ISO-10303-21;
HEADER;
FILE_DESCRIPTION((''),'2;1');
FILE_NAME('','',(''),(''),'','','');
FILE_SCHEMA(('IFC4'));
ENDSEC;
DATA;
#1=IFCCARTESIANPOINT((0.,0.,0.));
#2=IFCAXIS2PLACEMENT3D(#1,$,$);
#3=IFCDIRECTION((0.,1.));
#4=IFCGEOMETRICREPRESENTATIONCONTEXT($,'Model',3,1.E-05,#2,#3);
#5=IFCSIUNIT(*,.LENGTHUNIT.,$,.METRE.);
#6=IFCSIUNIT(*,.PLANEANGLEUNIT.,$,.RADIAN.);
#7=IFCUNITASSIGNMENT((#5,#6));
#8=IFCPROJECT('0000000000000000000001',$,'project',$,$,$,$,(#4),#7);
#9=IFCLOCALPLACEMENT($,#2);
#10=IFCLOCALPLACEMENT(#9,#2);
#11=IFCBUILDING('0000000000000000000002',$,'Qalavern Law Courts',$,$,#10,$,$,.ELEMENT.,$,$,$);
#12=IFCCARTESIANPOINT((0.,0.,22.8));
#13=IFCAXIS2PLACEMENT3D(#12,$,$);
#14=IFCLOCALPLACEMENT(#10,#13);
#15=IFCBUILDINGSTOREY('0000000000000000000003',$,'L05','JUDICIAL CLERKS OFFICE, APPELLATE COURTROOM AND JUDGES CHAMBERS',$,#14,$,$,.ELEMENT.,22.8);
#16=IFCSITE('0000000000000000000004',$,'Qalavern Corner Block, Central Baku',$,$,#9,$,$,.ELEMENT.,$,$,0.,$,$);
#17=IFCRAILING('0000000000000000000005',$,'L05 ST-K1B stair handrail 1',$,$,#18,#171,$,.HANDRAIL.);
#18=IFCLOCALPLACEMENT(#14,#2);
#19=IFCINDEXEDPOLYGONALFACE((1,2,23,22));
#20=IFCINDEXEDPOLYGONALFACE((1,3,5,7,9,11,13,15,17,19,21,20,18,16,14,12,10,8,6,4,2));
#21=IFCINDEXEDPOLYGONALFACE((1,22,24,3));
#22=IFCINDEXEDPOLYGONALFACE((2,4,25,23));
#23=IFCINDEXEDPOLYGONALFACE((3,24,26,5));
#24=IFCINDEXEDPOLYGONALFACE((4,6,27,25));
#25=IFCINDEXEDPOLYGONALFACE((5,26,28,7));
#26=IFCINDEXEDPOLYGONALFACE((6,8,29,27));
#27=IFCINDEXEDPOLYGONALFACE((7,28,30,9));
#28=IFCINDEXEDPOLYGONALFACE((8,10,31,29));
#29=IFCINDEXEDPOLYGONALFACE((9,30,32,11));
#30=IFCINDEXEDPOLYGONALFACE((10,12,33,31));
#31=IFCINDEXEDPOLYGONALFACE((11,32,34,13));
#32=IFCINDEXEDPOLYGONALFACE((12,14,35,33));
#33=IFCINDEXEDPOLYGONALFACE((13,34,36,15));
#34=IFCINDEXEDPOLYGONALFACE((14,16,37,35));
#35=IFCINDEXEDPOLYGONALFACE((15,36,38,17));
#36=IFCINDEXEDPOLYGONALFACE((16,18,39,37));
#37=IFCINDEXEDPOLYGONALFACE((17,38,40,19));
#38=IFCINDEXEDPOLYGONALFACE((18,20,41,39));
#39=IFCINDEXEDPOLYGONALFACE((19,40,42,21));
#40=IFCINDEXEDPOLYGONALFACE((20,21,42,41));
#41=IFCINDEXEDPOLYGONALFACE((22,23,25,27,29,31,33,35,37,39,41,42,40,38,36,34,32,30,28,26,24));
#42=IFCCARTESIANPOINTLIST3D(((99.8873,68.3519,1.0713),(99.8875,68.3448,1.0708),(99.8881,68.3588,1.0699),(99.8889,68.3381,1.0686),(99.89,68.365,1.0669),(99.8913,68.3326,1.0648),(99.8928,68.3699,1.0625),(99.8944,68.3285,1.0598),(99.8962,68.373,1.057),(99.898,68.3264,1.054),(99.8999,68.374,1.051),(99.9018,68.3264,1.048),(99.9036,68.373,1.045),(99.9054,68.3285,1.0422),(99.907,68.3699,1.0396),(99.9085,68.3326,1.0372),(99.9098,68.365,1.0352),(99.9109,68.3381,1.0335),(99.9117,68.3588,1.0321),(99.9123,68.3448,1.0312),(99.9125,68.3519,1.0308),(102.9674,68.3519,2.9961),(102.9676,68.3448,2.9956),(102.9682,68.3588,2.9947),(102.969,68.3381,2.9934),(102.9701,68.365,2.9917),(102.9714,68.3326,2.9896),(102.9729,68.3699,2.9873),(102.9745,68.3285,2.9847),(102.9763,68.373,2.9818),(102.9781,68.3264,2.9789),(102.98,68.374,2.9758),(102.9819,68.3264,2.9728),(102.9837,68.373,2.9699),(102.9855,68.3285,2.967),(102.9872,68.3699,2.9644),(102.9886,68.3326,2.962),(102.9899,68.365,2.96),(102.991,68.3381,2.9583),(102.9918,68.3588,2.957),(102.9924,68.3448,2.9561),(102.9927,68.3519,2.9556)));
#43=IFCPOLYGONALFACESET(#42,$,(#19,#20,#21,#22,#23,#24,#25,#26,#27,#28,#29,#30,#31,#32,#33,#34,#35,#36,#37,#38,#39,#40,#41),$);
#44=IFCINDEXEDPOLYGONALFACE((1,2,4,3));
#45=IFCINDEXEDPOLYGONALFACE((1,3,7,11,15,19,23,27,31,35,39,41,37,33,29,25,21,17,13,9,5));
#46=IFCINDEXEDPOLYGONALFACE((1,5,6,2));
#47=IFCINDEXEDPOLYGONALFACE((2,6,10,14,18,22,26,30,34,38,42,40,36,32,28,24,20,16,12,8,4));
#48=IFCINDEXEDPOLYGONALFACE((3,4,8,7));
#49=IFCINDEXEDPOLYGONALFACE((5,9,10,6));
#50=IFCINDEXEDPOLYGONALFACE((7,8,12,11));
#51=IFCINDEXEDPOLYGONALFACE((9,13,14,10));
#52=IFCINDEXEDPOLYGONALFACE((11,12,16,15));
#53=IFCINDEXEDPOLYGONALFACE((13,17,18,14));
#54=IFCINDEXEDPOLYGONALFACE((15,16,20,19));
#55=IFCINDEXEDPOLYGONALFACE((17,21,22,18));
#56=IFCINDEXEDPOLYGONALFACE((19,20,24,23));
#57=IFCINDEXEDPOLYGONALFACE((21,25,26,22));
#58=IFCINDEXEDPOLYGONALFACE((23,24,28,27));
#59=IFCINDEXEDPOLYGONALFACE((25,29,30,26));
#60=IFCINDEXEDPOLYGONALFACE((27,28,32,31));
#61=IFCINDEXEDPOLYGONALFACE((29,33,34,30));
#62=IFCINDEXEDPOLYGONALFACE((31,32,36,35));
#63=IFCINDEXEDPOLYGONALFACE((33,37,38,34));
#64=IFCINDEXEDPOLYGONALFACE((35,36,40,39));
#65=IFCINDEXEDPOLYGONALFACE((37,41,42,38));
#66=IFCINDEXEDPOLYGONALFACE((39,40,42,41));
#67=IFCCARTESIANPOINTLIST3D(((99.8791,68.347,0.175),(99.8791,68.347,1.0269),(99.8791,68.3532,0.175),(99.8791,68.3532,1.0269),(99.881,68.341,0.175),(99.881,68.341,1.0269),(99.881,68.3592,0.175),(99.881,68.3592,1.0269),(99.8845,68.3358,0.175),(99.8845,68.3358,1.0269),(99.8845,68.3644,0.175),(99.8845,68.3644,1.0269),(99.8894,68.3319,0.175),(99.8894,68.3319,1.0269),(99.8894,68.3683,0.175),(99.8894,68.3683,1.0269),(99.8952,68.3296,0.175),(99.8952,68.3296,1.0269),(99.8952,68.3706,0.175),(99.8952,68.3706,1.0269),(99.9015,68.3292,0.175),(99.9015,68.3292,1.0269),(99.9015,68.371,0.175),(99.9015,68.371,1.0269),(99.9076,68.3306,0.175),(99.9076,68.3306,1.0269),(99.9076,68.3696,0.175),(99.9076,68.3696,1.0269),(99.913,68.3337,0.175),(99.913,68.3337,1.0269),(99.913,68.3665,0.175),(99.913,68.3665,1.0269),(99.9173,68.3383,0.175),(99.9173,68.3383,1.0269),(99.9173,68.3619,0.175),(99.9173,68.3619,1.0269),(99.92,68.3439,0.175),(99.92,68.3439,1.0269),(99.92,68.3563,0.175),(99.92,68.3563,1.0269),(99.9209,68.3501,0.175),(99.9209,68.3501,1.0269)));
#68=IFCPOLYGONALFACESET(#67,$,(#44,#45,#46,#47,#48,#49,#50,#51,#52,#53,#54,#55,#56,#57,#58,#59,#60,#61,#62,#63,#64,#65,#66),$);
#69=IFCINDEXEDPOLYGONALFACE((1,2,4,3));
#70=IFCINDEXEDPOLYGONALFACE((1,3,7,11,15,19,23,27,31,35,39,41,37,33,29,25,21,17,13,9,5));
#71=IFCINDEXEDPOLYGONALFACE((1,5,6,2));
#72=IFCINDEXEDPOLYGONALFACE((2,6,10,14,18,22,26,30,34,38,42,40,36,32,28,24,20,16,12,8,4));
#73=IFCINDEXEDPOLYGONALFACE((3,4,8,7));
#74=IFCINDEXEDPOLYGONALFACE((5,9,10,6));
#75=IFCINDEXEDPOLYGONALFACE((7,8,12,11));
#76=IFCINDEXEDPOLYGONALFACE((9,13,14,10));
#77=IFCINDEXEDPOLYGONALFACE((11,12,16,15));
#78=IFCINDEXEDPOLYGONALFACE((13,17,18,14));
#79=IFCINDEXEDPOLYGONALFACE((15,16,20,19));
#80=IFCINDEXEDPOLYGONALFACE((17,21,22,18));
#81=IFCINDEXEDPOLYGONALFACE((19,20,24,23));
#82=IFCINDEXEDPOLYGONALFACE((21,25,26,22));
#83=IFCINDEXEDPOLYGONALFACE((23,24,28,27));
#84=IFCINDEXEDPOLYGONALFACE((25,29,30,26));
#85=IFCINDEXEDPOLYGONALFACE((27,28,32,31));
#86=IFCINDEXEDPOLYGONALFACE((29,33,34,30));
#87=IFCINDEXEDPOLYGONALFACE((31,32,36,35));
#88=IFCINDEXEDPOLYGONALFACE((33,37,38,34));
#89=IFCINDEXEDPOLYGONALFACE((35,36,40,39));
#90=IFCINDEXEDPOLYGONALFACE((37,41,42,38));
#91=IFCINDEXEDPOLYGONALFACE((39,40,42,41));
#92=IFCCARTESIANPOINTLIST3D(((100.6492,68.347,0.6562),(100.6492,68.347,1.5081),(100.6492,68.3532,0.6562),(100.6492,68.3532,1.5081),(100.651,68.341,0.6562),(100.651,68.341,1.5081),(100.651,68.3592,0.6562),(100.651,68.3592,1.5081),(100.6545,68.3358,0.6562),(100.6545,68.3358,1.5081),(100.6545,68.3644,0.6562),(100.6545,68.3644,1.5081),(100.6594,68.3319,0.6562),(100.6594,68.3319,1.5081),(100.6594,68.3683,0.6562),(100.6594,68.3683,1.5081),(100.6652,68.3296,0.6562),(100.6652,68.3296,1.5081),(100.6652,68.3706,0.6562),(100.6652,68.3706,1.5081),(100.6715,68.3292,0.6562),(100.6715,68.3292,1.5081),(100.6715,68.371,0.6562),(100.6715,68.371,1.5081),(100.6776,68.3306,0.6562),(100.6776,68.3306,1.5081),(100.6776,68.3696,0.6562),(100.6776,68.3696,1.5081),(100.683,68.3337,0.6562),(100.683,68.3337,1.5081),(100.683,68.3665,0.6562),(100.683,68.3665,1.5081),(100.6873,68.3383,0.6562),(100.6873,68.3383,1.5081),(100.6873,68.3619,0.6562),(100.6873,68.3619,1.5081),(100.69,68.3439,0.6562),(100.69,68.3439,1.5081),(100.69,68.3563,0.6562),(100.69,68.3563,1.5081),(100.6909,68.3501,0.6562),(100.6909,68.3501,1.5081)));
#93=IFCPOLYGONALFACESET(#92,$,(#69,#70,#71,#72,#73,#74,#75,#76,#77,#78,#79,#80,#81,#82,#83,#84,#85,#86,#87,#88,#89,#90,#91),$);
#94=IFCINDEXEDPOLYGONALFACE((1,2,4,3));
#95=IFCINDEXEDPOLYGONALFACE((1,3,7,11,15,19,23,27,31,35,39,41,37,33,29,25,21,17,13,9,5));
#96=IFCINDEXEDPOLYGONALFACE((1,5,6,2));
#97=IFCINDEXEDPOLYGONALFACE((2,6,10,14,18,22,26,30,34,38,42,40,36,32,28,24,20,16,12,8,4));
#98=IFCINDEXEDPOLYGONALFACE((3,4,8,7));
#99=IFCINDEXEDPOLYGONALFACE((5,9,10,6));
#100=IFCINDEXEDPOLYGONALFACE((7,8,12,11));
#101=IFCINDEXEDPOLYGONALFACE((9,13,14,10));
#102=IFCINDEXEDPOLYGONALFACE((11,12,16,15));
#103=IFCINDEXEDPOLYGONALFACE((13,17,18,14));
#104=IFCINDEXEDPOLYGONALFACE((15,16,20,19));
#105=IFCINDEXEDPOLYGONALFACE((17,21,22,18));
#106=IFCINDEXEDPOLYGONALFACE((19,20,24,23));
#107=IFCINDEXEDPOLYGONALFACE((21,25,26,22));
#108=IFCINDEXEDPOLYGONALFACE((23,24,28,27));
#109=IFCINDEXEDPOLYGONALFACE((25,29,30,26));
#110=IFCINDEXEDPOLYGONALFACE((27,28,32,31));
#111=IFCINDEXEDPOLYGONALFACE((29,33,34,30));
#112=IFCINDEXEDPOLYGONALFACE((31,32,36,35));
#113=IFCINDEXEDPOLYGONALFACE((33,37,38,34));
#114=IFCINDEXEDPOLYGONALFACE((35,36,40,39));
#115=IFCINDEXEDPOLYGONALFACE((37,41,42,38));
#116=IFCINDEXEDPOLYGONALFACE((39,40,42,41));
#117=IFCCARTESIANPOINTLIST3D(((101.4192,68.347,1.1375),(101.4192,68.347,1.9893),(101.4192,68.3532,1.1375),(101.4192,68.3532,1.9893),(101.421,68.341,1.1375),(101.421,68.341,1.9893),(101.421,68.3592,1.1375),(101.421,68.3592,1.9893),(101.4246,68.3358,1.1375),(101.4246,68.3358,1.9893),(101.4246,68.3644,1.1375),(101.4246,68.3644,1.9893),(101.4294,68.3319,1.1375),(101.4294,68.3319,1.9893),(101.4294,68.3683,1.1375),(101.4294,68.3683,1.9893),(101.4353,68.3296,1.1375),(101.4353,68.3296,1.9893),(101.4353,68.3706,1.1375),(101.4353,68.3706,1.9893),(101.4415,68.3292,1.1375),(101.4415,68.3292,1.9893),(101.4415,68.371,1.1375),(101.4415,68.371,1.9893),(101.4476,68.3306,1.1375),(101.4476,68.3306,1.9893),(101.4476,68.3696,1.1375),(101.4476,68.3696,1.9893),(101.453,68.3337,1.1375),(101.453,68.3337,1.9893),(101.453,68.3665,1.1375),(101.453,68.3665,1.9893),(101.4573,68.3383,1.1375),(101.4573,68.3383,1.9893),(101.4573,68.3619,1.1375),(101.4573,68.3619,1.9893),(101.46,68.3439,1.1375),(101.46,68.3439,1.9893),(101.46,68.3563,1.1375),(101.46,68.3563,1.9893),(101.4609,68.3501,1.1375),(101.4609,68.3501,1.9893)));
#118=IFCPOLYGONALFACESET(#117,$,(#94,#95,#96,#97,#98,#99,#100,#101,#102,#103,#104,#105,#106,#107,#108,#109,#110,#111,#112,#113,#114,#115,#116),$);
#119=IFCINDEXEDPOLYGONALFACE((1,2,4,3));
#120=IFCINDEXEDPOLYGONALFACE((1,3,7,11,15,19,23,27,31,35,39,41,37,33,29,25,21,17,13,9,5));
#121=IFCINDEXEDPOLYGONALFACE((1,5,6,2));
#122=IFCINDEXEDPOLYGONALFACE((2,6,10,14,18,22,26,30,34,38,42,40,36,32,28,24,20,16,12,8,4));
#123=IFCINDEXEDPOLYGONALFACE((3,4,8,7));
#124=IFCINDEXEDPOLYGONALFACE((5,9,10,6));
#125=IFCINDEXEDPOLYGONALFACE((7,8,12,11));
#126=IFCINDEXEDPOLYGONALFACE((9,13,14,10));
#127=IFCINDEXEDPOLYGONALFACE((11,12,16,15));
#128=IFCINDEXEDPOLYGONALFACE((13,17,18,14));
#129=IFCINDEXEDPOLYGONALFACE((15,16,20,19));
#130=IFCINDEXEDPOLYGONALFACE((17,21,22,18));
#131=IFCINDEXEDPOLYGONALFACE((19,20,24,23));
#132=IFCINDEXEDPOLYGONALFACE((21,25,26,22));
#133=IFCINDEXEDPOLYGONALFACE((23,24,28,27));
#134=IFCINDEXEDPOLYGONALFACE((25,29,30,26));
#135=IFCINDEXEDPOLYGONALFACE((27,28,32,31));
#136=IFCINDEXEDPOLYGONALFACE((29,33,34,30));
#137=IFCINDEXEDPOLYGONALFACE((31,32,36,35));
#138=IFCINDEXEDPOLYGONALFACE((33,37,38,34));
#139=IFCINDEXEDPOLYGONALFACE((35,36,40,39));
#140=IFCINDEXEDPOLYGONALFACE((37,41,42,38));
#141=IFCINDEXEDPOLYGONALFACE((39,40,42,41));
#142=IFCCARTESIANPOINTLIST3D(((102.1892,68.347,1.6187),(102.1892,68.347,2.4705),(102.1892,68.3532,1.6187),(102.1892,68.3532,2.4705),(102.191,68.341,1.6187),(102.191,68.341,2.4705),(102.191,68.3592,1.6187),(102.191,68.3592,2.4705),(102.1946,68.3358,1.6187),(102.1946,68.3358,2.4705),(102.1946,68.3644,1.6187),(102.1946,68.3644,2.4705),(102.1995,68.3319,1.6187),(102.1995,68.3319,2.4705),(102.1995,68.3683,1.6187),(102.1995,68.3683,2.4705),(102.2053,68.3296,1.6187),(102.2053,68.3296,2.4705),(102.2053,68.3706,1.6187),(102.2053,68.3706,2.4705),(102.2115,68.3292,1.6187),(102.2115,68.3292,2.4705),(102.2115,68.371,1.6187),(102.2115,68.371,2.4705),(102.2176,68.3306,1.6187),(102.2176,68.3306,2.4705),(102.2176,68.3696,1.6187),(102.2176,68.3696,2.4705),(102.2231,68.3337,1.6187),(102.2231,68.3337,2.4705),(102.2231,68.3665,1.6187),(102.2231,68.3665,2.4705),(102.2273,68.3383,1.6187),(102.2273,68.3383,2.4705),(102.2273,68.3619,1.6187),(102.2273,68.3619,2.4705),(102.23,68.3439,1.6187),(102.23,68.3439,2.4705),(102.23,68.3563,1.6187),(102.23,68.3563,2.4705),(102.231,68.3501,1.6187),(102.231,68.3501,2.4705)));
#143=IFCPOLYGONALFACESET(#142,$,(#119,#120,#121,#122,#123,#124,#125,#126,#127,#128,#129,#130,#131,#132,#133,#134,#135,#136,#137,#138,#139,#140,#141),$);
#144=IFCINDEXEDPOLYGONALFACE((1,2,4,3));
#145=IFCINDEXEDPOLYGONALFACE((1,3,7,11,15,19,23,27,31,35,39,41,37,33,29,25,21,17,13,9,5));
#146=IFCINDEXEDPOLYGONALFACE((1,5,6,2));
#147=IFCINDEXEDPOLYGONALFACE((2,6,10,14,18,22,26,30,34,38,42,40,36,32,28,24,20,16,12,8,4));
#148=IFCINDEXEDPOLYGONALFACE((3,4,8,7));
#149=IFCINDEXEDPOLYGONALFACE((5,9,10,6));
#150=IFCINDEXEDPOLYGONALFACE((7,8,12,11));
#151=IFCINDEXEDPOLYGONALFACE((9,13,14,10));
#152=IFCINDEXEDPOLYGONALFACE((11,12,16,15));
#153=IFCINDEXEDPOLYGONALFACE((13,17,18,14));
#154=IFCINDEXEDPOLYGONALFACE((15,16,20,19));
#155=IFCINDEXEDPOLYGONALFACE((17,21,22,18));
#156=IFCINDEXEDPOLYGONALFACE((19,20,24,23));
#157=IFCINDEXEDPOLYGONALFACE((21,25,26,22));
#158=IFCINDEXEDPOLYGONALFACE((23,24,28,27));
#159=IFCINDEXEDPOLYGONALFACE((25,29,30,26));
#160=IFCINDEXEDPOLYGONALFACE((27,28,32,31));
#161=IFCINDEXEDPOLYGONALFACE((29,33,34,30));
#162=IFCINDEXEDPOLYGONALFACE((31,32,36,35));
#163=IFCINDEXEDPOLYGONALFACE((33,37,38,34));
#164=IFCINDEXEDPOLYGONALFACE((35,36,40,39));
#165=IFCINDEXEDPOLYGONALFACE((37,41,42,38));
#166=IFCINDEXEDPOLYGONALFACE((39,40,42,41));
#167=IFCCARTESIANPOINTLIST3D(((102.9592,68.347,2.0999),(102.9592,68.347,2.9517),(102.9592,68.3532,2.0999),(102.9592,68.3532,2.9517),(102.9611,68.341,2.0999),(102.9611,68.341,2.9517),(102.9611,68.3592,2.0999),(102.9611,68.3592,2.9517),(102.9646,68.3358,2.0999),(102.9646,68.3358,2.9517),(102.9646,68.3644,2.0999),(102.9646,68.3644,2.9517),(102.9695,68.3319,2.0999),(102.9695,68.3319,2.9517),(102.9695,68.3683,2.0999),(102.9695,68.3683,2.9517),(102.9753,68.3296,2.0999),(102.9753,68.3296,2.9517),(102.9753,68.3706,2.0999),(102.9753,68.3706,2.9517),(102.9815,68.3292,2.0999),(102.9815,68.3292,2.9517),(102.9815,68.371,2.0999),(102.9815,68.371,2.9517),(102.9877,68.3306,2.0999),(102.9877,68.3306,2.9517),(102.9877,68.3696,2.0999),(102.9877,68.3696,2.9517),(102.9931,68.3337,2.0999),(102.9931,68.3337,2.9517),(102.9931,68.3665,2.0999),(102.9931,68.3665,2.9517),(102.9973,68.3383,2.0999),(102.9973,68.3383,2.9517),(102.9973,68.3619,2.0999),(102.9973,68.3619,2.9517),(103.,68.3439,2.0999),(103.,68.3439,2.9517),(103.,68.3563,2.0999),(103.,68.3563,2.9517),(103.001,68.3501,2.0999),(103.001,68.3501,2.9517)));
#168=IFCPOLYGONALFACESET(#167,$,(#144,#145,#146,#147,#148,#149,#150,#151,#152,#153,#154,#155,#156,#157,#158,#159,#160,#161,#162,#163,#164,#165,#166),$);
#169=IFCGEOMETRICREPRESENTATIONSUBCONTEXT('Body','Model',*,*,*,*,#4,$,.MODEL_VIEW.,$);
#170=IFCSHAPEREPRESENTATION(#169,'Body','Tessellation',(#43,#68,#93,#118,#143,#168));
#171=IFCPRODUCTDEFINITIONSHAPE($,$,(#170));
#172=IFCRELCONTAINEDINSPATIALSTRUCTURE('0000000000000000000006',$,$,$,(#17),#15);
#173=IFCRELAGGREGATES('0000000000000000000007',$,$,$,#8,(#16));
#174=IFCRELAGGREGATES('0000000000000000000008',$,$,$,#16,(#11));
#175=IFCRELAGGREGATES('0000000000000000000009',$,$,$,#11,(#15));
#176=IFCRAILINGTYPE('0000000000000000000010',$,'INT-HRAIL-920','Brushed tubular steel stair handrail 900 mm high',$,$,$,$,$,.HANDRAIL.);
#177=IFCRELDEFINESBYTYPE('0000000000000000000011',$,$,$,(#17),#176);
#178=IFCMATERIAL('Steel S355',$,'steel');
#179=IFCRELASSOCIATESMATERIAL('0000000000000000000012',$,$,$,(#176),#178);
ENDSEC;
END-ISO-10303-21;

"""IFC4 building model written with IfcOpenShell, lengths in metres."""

from ifc_helpers import new_model, si_unit, direction, frame, origin, origin_2d, place, context, subcontext, project, spatial, circle, extrude, material, type_object, element, save


model = new_model("IFC4")

# Units and contexts
model_context = context("Model", 3, precision=1e-05, world=origin(), true_north=direction((0.0, 1.0)))
body_context = subcontext(model_context, "Body", "Model", "MODEL_VIEW")
ifc_project = project(units=[si_unit("LENGTHUNIT", "METRE"), si_unit("PLANEANGLEUNIT", "RADIAN")], contexts=[model_context])

# Site, building, storey
site_placement = place(None, origin())
site = spatial("IfcSite", under=ifc_project, at=site_placement, Name="Qalavern Corner Block, Central Baku", CompositionType="ELEMENT", RefElevation=0.0)
building_placement = place(site_placement, origin())
building = spatial("IfcBuilding", under=site, at=building_placement, Name="Qalavern Law Courts", CompositionType="ELEMENT")
storey_placement = place(building_placement, frame((0.0, 0.0, 22.8)))
storey = spatial("IfcBuildingStorey", under=building, at=storey_placement, Name="L05", Description="JUDICIAL CLERKS OFFICE, APPELLATE COURTROOM AND JUDGES CHAMBERS", CompositionType="ELEMENT", Elevation=22.8)

# Shared definitions
ifc_material_1 = material(Name="Steel S355", Category="steel")

# Railing
railing_type_1 = type_object("IfcRailingType", Name="INT-HRAIL-920", Description="Brushed tubular steel stair handrail 900 mm high", PredefinedType="HANDRAIL", material=ifc_material_1)
railing_1_placement = place(storey_placement, frame((99.8999, 68.3501, 0.175)))
element("IfcRailing", 1, at=railing_1_placement, inside=storey, type_object=railing_type_1, Name="L05 ST-K1B stair handrail 1", PredefinedType="HANDRAIL", context=body_context, shape_type="SweptSolid", body=[
    extrude(circle(Radius=0.0239, at=origin_2d()), frame((0.0, 0.0, 0.876), z_axis=(0.848029, 0.0, 0.529951), x_axis=(0.0, 1.0, 0.0)), (0.0, 0.0, 1.0), 3.6321),
    extrude(circle(Radius=0.021, at=origin_2d()), origin(), (0.0, 0.0, 1.0), 0.8518),
    extrude(circle(Radius=0.021, at=origin_2d()), frame((0.77, 0.0, 0.4812)), (0.0, 0.0, 1.0), 0.8518),
    extrude(circle(Radius=0.021, at=origin_2d()), frame((1.54, 0.0, 0.9624)), (0.0, 0.0, 1.0), 0.8518),
    extrude(circle(Radius=0.021, at=origin_2d()), frame((2.3101, 0.0, 1.4436)), (0.0, 0.0, 1.0), 0.8518),
    extrude(circle(Radius=0.021, at=origin_2d()), frame((3.0801, 0.0, 1.9248)), (0.0, 0.0, 1.0), 0.8518),
])

save(model, "model.ifc")
